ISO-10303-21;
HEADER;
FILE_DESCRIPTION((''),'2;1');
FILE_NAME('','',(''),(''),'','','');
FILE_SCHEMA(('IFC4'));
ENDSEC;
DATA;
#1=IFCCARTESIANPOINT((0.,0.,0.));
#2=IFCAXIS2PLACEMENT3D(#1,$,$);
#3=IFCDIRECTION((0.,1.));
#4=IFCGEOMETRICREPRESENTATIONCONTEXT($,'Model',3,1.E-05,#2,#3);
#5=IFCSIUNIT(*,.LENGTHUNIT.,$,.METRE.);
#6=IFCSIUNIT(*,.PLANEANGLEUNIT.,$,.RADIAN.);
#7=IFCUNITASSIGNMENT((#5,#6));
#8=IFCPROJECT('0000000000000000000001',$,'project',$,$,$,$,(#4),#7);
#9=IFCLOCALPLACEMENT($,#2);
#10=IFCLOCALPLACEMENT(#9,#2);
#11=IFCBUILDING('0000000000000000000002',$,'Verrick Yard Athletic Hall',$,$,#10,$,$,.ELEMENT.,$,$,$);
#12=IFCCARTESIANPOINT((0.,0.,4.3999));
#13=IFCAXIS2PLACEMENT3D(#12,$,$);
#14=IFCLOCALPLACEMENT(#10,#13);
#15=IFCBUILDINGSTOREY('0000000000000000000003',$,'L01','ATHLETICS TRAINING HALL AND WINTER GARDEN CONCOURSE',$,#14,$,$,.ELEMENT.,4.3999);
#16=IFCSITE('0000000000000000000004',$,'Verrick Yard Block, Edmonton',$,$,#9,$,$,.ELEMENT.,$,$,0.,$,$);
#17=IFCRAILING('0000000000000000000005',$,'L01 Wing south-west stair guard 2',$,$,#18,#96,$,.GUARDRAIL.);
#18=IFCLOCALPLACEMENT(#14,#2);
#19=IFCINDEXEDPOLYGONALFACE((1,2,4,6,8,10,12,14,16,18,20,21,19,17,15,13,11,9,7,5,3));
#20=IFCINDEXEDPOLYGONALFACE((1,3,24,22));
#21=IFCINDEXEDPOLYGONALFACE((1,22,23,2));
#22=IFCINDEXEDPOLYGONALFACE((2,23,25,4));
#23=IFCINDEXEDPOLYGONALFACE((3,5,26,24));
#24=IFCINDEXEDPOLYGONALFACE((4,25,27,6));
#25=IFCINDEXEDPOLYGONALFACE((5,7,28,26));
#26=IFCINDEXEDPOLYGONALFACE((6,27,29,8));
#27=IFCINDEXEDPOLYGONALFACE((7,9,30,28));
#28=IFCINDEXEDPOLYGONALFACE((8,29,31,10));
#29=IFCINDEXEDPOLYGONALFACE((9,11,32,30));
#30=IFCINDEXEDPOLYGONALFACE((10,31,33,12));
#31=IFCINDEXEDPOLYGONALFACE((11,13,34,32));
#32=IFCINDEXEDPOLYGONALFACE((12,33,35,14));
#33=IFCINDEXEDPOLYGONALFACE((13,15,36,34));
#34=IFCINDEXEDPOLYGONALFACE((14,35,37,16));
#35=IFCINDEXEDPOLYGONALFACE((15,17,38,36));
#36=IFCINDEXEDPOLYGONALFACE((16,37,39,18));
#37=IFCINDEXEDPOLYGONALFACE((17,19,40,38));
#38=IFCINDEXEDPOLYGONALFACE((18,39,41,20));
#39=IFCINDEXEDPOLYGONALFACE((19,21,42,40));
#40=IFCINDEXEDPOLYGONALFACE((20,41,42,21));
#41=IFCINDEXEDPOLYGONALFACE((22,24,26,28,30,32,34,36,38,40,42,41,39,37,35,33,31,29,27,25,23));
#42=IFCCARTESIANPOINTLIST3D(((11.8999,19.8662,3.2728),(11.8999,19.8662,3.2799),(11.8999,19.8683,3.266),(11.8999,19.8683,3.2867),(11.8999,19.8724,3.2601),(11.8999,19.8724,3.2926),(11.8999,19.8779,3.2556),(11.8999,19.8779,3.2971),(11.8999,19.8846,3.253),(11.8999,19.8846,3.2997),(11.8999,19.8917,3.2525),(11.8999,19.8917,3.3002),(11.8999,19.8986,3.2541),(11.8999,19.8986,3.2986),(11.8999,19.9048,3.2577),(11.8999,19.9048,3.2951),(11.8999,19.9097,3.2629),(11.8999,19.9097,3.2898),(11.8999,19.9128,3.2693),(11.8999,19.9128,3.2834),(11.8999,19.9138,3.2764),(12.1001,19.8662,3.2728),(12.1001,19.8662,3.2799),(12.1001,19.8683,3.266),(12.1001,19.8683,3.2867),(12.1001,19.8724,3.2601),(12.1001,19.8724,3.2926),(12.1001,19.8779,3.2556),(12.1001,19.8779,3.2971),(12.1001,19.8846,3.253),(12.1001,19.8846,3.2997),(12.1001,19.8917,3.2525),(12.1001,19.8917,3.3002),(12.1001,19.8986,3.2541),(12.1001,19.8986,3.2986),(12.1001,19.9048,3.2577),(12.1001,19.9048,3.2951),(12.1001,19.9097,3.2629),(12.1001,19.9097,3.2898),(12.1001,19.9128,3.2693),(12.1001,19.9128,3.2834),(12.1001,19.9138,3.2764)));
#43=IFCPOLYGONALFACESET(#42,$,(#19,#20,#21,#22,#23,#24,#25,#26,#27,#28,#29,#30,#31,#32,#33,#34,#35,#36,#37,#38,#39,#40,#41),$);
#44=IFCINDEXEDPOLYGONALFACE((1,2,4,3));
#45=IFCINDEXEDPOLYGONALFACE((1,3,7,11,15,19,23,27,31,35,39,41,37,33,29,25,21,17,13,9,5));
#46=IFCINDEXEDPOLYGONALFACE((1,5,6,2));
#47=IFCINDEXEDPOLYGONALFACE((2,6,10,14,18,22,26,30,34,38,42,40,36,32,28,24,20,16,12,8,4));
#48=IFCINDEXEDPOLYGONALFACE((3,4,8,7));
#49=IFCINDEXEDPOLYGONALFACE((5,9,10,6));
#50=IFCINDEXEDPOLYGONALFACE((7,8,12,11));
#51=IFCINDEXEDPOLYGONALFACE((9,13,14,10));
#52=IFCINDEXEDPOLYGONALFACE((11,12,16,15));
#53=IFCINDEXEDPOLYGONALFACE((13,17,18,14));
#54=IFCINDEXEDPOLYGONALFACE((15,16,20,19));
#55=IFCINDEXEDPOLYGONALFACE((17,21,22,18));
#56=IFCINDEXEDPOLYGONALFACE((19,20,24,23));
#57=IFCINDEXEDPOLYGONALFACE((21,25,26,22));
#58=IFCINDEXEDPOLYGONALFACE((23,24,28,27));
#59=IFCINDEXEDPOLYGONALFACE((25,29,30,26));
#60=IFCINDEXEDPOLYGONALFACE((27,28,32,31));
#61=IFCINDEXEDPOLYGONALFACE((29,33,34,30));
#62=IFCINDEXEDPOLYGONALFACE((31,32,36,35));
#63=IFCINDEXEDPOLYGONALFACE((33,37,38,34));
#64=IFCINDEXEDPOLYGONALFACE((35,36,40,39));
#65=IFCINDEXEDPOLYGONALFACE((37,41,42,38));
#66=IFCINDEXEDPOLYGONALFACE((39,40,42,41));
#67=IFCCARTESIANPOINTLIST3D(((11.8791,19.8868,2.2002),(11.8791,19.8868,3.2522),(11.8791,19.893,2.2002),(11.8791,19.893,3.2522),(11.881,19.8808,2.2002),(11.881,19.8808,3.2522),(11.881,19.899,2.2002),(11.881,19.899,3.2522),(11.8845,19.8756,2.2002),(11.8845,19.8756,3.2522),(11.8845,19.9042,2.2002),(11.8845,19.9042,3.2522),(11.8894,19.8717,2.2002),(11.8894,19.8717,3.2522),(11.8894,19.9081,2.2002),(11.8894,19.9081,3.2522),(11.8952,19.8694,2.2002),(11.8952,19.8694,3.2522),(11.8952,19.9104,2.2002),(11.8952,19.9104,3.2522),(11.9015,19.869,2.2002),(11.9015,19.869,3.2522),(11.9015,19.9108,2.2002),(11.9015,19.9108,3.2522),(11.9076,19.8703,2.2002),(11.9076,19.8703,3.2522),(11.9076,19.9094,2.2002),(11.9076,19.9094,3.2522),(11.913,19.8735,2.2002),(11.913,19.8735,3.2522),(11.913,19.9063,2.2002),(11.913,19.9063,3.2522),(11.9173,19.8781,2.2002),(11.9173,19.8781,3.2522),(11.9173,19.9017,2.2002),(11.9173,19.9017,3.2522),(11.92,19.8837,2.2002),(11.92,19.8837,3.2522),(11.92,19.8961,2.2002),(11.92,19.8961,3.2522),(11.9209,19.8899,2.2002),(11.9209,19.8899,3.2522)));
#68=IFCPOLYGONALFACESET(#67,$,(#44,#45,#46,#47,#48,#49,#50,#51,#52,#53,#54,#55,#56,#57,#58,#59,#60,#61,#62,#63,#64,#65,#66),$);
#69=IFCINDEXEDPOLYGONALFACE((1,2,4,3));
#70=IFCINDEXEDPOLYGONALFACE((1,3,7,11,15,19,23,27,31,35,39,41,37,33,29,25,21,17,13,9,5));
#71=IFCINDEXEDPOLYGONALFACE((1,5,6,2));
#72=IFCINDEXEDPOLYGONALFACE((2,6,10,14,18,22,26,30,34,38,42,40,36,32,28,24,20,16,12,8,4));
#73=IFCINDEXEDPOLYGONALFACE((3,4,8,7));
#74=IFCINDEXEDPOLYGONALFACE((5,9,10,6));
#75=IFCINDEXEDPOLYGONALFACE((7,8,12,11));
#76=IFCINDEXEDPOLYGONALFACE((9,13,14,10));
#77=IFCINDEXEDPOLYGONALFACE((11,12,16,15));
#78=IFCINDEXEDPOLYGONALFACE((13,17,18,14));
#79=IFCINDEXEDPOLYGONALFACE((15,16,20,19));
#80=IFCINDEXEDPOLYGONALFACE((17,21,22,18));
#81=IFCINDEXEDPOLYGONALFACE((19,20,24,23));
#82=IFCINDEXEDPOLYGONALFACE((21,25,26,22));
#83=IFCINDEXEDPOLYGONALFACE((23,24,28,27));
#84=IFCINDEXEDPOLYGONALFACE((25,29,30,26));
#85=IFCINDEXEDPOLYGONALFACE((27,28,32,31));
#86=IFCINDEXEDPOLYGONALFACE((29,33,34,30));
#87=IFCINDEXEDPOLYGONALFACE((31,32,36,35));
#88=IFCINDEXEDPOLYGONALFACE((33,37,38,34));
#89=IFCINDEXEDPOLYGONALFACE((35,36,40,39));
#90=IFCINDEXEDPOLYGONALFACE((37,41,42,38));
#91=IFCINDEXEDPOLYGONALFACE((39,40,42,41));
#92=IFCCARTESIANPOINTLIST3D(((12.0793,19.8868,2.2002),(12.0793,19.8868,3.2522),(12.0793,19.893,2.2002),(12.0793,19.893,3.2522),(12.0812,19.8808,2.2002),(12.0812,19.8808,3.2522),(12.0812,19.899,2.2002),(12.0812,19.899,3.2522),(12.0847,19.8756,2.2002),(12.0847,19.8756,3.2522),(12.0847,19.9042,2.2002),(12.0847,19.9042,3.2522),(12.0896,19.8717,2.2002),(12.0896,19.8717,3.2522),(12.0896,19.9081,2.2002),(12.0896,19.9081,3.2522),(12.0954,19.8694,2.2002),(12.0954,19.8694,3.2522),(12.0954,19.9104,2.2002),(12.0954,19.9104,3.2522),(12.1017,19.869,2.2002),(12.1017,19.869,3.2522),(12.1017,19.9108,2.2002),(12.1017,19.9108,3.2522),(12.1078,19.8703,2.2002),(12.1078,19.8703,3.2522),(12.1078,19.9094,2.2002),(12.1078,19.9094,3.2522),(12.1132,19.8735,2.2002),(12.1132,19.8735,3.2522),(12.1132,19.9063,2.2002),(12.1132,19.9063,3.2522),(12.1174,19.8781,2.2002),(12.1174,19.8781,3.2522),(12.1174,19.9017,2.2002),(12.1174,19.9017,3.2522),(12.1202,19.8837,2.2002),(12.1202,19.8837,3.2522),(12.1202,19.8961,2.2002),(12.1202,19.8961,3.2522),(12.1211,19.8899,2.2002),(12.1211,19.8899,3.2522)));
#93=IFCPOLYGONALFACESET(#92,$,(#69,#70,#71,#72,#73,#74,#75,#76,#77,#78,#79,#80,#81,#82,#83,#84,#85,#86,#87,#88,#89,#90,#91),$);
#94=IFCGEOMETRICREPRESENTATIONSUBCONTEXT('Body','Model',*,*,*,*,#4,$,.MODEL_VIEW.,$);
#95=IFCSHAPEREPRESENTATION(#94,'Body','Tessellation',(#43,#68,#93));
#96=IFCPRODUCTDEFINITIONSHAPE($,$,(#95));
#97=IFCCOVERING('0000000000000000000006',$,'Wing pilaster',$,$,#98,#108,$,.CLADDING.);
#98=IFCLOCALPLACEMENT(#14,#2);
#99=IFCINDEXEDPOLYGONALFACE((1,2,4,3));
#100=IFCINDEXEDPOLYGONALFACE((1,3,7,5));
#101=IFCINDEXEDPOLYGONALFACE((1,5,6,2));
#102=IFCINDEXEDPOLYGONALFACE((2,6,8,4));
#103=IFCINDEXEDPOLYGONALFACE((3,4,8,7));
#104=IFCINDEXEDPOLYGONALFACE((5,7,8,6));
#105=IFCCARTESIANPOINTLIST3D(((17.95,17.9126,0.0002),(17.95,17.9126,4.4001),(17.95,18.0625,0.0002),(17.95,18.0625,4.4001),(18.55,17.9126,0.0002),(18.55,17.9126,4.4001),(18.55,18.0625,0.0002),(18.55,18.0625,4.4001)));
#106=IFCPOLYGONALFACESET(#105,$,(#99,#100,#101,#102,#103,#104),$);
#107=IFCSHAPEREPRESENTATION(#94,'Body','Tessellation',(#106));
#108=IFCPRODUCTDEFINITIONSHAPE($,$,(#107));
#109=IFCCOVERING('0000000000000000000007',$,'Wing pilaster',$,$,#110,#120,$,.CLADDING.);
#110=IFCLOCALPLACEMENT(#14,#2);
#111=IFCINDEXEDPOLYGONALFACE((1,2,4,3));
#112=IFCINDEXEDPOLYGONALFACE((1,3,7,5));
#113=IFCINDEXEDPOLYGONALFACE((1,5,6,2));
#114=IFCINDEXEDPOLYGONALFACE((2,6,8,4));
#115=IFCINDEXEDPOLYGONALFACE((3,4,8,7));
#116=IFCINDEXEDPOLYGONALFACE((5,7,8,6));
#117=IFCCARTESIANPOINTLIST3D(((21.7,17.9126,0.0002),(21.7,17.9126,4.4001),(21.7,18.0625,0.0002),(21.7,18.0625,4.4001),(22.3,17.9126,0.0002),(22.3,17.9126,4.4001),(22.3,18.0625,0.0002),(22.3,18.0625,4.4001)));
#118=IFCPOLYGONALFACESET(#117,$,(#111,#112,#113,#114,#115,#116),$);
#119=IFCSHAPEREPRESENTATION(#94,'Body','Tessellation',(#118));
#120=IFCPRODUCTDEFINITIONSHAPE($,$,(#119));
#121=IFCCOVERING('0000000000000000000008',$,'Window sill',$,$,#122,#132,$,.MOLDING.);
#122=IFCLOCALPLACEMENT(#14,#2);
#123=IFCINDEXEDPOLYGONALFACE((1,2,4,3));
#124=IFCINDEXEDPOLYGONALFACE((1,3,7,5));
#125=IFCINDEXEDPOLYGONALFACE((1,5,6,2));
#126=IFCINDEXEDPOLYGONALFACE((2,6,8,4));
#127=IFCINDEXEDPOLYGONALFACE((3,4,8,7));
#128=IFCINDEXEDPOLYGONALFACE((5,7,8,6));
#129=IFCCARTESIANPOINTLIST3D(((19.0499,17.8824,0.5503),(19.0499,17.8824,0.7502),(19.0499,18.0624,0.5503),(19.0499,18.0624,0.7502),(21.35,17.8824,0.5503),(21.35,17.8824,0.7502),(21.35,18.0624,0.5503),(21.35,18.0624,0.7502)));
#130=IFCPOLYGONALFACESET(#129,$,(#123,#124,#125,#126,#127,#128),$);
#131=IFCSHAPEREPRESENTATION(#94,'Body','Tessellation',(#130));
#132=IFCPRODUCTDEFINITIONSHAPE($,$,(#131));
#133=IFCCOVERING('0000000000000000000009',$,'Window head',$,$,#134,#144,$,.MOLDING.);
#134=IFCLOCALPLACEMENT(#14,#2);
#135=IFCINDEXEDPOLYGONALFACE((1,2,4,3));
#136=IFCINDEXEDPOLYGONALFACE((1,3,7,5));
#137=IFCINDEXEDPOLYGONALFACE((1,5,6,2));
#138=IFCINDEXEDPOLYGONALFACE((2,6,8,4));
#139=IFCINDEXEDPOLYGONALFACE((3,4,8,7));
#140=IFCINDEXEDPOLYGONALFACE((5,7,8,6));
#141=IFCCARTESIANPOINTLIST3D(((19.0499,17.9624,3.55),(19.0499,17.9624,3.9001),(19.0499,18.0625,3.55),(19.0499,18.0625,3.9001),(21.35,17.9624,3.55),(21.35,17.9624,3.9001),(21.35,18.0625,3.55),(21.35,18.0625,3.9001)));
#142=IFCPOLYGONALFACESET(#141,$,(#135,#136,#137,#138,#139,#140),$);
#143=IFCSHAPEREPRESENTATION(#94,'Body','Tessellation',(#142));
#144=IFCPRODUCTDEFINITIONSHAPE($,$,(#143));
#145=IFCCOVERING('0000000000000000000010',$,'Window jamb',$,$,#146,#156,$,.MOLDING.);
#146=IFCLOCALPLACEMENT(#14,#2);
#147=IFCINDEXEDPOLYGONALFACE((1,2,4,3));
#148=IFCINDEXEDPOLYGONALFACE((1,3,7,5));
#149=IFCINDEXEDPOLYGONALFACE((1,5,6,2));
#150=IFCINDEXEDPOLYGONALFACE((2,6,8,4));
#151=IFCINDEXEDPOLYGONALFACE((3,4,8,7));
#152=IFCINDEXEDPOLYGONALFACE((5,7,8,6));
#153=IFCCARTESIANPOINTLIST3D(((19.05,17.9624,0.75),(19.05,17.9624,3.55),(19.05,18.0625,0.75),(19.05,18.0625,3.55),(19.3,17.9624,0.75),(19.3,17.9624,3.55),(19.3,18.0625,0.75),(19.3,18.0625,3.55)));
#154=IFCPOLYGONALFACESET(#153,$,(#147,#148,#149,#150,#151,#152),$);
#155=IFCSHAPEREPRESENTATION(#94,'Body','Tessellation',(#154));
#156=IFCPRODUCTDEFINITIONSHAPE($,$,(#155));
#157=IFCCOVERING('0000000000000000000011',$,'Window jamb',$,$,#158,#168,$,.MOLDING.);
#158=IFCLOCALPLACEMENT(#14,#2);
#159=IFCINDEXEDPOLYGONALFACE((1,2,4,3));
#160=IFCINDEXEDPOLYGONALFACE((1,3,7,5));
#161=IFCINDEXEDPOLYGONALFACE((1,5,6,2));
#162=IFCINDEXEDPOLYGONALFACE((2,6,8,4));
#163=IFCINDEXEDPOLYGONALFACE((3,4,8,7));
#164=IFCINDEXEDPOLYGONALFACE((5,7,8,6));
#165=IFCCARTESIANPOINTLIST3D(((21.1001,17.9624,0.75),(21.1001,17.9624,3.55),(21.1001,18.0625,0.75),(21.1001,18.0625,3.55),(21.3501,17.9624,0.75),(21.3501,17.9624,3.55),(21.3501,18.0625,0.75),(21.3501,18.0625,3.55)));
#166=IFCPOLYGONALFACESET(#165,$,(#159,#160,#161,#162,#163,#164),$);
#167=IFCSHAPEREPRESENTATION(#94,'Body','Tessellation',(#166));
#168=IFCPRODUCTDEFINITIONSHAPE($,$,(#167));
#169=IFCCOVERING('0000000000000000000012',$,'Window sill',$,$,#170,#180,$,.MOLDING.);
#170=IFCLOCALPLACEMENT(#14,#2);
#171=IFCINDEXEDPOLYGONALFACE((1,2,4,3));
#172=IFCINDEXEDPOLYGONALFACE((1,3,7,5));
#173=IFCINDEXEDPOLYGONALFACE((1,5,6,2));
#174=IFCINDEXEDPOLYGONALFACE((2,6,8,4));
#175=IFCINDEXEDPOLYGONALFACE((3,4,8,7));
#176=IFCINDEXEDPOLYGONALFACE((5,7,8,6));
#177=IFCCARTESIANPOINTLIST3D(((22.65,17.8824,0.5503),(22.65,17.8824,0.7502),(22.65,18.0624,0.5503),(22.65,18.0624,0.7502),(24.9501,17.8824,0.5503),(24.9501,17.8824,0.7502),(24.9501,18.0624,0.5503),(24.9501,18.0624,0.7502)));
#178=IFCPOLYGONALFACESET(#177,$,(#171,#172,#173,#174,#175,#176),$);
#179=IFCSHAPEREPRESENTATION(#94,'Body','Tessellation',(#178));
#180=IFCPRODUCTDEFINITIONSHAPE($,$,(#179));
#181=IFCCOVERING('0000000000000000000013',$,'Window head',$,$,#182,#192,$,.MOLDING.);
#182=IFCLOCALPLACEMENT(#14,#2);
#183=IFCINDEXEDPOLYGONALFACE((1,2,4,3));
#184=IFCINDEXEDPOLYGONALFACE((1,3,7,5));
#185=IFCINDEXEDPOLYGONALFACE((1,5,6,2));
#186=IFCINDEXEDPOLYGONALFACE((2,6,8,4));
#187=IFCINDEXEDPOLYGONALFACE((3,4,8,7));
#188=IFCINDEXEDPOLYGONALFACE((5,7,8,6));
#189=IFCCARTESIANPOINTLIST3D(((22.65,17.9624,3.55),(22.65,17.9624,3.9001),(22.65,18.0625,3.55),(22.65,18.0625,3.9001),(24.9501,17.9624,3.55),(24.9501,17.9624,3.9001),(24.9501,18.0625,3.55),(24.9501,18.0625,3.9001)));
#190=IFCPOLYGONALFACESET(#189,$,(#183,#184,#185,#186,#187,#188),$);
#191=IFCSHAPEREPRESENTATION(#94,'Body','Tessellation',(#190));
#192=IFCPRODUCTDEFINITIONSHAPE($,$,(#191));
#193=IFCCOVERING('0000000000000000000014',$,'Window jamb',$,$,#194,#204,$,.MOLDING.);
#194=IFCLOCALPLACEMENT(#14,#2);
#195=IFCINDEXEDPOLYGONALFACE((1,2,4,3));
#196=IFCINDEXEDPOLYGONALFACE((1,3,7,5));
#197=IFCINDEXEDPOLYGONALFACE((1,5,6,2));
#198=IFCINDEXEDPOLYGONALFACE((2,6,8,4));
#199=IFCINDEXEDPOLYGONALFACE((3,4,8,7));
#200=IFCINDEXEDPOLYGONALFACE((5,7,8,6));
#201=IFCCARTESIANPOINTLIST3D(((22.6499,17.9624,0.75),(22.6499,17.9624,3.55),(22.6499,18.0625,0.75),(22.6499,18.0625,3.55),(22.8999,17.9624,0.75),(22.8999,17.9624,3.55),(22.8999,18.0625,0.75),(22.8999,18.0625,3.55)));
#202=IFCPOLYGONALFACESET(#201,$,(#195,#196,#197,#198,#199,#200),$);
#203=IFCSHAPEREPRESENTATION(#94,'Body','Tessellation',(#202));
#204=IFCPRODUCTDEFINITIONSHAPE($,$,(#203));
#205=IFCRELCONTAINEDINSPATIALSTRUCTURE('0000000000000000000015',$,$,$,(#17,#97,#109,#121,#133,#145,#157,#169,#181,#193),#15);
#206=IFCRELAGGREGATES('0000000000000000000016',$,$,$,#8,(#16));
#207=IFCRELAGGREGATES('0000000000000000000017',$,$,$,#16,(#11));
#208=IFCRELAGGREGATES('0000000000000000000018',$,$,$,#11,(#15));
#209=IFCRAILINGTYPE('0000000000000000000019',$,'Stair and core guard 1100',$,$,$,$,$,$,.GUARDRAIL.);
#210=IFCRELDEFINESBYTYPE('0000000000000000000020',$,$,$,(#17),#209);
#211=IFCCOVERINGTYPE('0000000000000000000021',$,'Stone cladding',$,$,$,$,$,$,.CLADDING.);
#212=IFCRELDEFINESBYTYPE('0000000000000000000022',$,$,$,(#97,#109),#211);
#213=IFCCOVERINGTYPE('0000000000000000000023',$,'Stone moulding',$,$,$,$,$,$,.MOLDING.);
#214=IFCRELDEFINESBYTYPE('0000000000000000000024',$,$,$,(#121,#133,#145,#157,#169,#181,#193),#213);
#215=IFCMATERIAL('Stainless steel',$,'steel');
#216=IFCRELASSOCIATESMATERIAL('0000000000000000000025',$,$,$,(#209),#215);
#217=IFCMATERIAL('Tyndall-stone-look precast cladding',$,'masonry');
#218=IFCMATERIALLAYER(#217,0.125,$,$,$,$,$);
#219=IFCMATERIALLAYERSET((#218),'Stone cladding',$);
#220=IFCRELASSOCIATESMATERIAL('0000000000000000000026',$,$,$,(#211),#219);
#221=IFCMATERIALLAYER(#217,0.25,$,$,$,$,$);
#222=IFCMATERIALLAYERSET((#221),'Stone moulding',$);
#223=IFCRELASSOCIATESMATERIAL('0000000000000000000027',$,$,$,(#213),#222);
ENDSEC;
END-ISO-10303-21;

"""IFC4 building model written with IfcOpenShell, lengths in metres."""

from ifc_helpers import new_model, si_unit, direction, frame, origin, origin_2d, place, context, subcontext, project, spatial, rectangle, circle, extrude, material, layer, layer_set, type_object, element, save


model = new_model("IFC4")

# Units and contexts
model_context = context("Model", 3, precision=1e-05, world=origin(), true_north=direction((0.0, 1.0)))
body_context = subcontext(model_context, "Body", "Model", "MODEL_VIEW")
ifc_project = project(units=[si_unit("LENGTHUNIT", "METRE"), si_unit("PLANEANGLEUNIT", "RADIAN")], contexts=[model_context])

# Site, building, storey
site_placement = place(None, origin())
site = spatial("IfcSite", under=ifc_project, at=site_placement, Name="Verrick Yard Block, Edmonton", CompositionType="ELEMENT", RefElevation=0.0)
building_placement = place(site_placement, origin())
building = spatial("IfcBuilding", under=site, at=building_placement, Name="Verrick Yard Athletic Hall", CompositionType="ELEMENT")
storey_placement = place(building_placement, frame((0.0, 0.0, 4.3999)))
storey = spatial("IfcBuildingStorey", under=building, at=storey_placement, Name="L01", Description="ATHLETICS TRAINING HALL AND WINTER GARDEN CONCOURSE", CompositionType="ELEMENT", Elevation=4.3999)

# Railing
ifc_material_1 = material(Name="Stainless steel", Category="steel")
railing_type = type_object("IfcRailingType", Name="Stair and core guard 1100", PredefinedType="GUARDRAIL", material=ifc_material_1)
railing_placement = place(storey_placement, frame((11.8999, 19.8899, 2.2002)))
element("IfcRailing", 1, at=railing_placement, inside=storey, type_object=railing_type, Name="L01 Wing south-west stair guard 2", PredefinedType="GUARDRAIL", context=body_context, shape_type="SweptSolid", body=[
    extrude(circle(Radius=0.0239, at=origin_2d()), frame((0.0, 0.0, 1.0762), z_axis=(1.0, 0.0, 0.0), x_axis=(0.0, 1.0, 0.0)), (0.0, 0.0, 1.0), 0.2002),
    extrude(circle(Radius=0.021, at=origin_2d()), origin(), (0.0, 0.0, 1.0), 1.052),
    extrude(circle(Radius=0.021, at=origin_2d()), frame((0.2002, 0.0, 0.0)), (0.0, 0.0, 1.0), 1.052),
])

# Coverings
ifc_material_2 = material(Name="Tyndall-stone-look precast cladding", Category="masonry")
ifc_layer_1 = layer(ifc_material_2, 0.125)
ifc_layer_set_1 = layer_set([ifc_layer_1], Name="Stone cladding")
covering_type_1 = type_object("IfcCoveringType", Name="Stone cladding", PredefinedType="CLADDING", material=ifc_layer_set_1)
for number, where, z_axis, x_axis, name in (
    (2, (18.25, 17.9875, 0.0002), (0.0, 0.0, 1.0), (1.0, 0.0, 0.0), "Wing pilaster"),
    (3, (22.0, 17.9875, 0.0002), (0.0, 0.0, 1.0), (1.0, 0.0, 0.0), "Wing pilaster"),
):
    element("IfcCovering", number, at=place(storey_placement, frame(where, z_axis=z_axis, x_axis=x_axis)), inside=storey, type_object=covering_type_1, Name=name, PredefinedType="CLADDING", context=body_context, shape_type="SweptSolid", body=[
        extrude(rectangle(XDim=0.6001, YDim=0.1499, at=origin_2d()), origin(), (0.0, 0.0, 1.0), 4.3999),
    ])
ifc_layer_2 = layer(ifc_material_2, 0.25)
ifc_layer_set_2 = layer_set([ifc_layer_2], Name="Stone moulding")
covering_type_2 = type_object("IfcCoveringType", Name="Stone moulding", PredefinedType="MOLDING", material=ifc_layer_set_2)
covering_1_placement = place(storey_placement, frame((20.2, 17.9724, 0.5503), z_axis=(0.0, 0.0, 1.0), x_axis=(1.0, 0.0, 0.0)))
element("IfcCovering", 4, at=covering_1_placement, inside=storey, type_object=covering_type_2, Name="Window sill", PredefinedType="MOLDING", context=body_context, shape_type="SweptSolid", body=[
    extrude(rectangle(XDim=2.3, YDim=0.1799, at=origin_2d()), origin(), (0.0, 0.0, 1.0), 0.2),
])
covering_2_placement = place(storey_placement, frame((20.2, 18.0125, 3.55), z_axis=(0.0, 0.0, 1.0), x_axis=(1.0, 0.0, 0.0)))
element("IfcCovering", 5, at=covering_2_placement, inside=storey, type_object=covering_type_2, Name="Window head", PredefinedType="MOLDING", context=body_context, shape_type="SweptSolid", body=[
    extrude(rectangle(XDim=2.3, YDim=0.1001, at=origin_2d()), origin(), (0.0, 0.0, 1.0), 0.3501),
])
for number, where, z_axis, x_axis, name in (
    (6, (19.175, 18.0125, 0.75), (0.0, 0.0, 1.0), (1.0, 0.0, 0.0), "Window jamb"),
    (7, (21.2251, 18.0125, 0.75), (0.0, 0.0, 1.0), (1.0, 0.0, 0.0), "Window jamb"),
):
    element("IfcCovering", number, at=place(storey_placement, frame(where, z_axis=z_axis, x_axis=x_axis)), inside=storey, type_object=covering_type_2, Name=name, PredefinedType="MOLDING", context=body_context, shape_type="SweptSolid", body=[
        extrude(rectangle(XDim=0.25, YDim=0.1001, at=origin_2d()), origin(), (0.0, 0.0, 1.0), 2.8),
    ])
covering_3_placement = place(storey_placement, frame((23.8, 17.9724, 0.5503), z_axis=(0.0, 0.0, 1.0), x_axis=(1.0, 0.0, 0.0)))
element("IfcCovering", 8, at=covering_3_placement, inside=storey, type_object=covering_type_2, Name="Window sill", PredefinedType="MOLDING", context=body_context, shape_type="SweptSolid", body=[
    extrude(rectangle(XDim=2.3, YDim=0.1799, at=origin_2d()), origin(), (0.0, 0.0, 1.0), 0.2),
])
covering_4_placement = place(storey_placement, frame((23.8, 18.0125, 3.55), z_axis=(0.0, 0.0, 1.0), x_axis=(1.0, 0.0, 0.0)))
element("IfcCovering", 9, at=covering_4_placement, inside=storey, type_object=covering_type_2, Name="Window head", PredefinedType="MOLDING", context=body_context, shape_type="SweptSolid", body=[
    extrude(rectangle(XDim=2.3, YDim=0.1001, at=origin_2d()), origin(), (0.0, 0.0, 1.0), 0.3501),
])
for number, where, z_axis, x_axis, name in (
    (10, (22.7749, 18.0125, 0.75), (0.0, 0.0, 1.0), (1.0, 0.0, 0.0), "Window jamb"),
):
    element("IfcCovering", number, at=place(storey_placement, frame(where, z_axis=z_axis, x_axis=x_axis)), inside=storey, type_object=covering_type_2, Name=name, PredefinedType="MOLDING", context=body_context, shape_type="SweptSolid", body=[
        extrude(rectangle(XDim=0.25, YDim=0.1001, at=origin_2d()), origin(), (0.0, 0.0, 1.0), 2.8),
    ])

save(model, "model.ifc")
